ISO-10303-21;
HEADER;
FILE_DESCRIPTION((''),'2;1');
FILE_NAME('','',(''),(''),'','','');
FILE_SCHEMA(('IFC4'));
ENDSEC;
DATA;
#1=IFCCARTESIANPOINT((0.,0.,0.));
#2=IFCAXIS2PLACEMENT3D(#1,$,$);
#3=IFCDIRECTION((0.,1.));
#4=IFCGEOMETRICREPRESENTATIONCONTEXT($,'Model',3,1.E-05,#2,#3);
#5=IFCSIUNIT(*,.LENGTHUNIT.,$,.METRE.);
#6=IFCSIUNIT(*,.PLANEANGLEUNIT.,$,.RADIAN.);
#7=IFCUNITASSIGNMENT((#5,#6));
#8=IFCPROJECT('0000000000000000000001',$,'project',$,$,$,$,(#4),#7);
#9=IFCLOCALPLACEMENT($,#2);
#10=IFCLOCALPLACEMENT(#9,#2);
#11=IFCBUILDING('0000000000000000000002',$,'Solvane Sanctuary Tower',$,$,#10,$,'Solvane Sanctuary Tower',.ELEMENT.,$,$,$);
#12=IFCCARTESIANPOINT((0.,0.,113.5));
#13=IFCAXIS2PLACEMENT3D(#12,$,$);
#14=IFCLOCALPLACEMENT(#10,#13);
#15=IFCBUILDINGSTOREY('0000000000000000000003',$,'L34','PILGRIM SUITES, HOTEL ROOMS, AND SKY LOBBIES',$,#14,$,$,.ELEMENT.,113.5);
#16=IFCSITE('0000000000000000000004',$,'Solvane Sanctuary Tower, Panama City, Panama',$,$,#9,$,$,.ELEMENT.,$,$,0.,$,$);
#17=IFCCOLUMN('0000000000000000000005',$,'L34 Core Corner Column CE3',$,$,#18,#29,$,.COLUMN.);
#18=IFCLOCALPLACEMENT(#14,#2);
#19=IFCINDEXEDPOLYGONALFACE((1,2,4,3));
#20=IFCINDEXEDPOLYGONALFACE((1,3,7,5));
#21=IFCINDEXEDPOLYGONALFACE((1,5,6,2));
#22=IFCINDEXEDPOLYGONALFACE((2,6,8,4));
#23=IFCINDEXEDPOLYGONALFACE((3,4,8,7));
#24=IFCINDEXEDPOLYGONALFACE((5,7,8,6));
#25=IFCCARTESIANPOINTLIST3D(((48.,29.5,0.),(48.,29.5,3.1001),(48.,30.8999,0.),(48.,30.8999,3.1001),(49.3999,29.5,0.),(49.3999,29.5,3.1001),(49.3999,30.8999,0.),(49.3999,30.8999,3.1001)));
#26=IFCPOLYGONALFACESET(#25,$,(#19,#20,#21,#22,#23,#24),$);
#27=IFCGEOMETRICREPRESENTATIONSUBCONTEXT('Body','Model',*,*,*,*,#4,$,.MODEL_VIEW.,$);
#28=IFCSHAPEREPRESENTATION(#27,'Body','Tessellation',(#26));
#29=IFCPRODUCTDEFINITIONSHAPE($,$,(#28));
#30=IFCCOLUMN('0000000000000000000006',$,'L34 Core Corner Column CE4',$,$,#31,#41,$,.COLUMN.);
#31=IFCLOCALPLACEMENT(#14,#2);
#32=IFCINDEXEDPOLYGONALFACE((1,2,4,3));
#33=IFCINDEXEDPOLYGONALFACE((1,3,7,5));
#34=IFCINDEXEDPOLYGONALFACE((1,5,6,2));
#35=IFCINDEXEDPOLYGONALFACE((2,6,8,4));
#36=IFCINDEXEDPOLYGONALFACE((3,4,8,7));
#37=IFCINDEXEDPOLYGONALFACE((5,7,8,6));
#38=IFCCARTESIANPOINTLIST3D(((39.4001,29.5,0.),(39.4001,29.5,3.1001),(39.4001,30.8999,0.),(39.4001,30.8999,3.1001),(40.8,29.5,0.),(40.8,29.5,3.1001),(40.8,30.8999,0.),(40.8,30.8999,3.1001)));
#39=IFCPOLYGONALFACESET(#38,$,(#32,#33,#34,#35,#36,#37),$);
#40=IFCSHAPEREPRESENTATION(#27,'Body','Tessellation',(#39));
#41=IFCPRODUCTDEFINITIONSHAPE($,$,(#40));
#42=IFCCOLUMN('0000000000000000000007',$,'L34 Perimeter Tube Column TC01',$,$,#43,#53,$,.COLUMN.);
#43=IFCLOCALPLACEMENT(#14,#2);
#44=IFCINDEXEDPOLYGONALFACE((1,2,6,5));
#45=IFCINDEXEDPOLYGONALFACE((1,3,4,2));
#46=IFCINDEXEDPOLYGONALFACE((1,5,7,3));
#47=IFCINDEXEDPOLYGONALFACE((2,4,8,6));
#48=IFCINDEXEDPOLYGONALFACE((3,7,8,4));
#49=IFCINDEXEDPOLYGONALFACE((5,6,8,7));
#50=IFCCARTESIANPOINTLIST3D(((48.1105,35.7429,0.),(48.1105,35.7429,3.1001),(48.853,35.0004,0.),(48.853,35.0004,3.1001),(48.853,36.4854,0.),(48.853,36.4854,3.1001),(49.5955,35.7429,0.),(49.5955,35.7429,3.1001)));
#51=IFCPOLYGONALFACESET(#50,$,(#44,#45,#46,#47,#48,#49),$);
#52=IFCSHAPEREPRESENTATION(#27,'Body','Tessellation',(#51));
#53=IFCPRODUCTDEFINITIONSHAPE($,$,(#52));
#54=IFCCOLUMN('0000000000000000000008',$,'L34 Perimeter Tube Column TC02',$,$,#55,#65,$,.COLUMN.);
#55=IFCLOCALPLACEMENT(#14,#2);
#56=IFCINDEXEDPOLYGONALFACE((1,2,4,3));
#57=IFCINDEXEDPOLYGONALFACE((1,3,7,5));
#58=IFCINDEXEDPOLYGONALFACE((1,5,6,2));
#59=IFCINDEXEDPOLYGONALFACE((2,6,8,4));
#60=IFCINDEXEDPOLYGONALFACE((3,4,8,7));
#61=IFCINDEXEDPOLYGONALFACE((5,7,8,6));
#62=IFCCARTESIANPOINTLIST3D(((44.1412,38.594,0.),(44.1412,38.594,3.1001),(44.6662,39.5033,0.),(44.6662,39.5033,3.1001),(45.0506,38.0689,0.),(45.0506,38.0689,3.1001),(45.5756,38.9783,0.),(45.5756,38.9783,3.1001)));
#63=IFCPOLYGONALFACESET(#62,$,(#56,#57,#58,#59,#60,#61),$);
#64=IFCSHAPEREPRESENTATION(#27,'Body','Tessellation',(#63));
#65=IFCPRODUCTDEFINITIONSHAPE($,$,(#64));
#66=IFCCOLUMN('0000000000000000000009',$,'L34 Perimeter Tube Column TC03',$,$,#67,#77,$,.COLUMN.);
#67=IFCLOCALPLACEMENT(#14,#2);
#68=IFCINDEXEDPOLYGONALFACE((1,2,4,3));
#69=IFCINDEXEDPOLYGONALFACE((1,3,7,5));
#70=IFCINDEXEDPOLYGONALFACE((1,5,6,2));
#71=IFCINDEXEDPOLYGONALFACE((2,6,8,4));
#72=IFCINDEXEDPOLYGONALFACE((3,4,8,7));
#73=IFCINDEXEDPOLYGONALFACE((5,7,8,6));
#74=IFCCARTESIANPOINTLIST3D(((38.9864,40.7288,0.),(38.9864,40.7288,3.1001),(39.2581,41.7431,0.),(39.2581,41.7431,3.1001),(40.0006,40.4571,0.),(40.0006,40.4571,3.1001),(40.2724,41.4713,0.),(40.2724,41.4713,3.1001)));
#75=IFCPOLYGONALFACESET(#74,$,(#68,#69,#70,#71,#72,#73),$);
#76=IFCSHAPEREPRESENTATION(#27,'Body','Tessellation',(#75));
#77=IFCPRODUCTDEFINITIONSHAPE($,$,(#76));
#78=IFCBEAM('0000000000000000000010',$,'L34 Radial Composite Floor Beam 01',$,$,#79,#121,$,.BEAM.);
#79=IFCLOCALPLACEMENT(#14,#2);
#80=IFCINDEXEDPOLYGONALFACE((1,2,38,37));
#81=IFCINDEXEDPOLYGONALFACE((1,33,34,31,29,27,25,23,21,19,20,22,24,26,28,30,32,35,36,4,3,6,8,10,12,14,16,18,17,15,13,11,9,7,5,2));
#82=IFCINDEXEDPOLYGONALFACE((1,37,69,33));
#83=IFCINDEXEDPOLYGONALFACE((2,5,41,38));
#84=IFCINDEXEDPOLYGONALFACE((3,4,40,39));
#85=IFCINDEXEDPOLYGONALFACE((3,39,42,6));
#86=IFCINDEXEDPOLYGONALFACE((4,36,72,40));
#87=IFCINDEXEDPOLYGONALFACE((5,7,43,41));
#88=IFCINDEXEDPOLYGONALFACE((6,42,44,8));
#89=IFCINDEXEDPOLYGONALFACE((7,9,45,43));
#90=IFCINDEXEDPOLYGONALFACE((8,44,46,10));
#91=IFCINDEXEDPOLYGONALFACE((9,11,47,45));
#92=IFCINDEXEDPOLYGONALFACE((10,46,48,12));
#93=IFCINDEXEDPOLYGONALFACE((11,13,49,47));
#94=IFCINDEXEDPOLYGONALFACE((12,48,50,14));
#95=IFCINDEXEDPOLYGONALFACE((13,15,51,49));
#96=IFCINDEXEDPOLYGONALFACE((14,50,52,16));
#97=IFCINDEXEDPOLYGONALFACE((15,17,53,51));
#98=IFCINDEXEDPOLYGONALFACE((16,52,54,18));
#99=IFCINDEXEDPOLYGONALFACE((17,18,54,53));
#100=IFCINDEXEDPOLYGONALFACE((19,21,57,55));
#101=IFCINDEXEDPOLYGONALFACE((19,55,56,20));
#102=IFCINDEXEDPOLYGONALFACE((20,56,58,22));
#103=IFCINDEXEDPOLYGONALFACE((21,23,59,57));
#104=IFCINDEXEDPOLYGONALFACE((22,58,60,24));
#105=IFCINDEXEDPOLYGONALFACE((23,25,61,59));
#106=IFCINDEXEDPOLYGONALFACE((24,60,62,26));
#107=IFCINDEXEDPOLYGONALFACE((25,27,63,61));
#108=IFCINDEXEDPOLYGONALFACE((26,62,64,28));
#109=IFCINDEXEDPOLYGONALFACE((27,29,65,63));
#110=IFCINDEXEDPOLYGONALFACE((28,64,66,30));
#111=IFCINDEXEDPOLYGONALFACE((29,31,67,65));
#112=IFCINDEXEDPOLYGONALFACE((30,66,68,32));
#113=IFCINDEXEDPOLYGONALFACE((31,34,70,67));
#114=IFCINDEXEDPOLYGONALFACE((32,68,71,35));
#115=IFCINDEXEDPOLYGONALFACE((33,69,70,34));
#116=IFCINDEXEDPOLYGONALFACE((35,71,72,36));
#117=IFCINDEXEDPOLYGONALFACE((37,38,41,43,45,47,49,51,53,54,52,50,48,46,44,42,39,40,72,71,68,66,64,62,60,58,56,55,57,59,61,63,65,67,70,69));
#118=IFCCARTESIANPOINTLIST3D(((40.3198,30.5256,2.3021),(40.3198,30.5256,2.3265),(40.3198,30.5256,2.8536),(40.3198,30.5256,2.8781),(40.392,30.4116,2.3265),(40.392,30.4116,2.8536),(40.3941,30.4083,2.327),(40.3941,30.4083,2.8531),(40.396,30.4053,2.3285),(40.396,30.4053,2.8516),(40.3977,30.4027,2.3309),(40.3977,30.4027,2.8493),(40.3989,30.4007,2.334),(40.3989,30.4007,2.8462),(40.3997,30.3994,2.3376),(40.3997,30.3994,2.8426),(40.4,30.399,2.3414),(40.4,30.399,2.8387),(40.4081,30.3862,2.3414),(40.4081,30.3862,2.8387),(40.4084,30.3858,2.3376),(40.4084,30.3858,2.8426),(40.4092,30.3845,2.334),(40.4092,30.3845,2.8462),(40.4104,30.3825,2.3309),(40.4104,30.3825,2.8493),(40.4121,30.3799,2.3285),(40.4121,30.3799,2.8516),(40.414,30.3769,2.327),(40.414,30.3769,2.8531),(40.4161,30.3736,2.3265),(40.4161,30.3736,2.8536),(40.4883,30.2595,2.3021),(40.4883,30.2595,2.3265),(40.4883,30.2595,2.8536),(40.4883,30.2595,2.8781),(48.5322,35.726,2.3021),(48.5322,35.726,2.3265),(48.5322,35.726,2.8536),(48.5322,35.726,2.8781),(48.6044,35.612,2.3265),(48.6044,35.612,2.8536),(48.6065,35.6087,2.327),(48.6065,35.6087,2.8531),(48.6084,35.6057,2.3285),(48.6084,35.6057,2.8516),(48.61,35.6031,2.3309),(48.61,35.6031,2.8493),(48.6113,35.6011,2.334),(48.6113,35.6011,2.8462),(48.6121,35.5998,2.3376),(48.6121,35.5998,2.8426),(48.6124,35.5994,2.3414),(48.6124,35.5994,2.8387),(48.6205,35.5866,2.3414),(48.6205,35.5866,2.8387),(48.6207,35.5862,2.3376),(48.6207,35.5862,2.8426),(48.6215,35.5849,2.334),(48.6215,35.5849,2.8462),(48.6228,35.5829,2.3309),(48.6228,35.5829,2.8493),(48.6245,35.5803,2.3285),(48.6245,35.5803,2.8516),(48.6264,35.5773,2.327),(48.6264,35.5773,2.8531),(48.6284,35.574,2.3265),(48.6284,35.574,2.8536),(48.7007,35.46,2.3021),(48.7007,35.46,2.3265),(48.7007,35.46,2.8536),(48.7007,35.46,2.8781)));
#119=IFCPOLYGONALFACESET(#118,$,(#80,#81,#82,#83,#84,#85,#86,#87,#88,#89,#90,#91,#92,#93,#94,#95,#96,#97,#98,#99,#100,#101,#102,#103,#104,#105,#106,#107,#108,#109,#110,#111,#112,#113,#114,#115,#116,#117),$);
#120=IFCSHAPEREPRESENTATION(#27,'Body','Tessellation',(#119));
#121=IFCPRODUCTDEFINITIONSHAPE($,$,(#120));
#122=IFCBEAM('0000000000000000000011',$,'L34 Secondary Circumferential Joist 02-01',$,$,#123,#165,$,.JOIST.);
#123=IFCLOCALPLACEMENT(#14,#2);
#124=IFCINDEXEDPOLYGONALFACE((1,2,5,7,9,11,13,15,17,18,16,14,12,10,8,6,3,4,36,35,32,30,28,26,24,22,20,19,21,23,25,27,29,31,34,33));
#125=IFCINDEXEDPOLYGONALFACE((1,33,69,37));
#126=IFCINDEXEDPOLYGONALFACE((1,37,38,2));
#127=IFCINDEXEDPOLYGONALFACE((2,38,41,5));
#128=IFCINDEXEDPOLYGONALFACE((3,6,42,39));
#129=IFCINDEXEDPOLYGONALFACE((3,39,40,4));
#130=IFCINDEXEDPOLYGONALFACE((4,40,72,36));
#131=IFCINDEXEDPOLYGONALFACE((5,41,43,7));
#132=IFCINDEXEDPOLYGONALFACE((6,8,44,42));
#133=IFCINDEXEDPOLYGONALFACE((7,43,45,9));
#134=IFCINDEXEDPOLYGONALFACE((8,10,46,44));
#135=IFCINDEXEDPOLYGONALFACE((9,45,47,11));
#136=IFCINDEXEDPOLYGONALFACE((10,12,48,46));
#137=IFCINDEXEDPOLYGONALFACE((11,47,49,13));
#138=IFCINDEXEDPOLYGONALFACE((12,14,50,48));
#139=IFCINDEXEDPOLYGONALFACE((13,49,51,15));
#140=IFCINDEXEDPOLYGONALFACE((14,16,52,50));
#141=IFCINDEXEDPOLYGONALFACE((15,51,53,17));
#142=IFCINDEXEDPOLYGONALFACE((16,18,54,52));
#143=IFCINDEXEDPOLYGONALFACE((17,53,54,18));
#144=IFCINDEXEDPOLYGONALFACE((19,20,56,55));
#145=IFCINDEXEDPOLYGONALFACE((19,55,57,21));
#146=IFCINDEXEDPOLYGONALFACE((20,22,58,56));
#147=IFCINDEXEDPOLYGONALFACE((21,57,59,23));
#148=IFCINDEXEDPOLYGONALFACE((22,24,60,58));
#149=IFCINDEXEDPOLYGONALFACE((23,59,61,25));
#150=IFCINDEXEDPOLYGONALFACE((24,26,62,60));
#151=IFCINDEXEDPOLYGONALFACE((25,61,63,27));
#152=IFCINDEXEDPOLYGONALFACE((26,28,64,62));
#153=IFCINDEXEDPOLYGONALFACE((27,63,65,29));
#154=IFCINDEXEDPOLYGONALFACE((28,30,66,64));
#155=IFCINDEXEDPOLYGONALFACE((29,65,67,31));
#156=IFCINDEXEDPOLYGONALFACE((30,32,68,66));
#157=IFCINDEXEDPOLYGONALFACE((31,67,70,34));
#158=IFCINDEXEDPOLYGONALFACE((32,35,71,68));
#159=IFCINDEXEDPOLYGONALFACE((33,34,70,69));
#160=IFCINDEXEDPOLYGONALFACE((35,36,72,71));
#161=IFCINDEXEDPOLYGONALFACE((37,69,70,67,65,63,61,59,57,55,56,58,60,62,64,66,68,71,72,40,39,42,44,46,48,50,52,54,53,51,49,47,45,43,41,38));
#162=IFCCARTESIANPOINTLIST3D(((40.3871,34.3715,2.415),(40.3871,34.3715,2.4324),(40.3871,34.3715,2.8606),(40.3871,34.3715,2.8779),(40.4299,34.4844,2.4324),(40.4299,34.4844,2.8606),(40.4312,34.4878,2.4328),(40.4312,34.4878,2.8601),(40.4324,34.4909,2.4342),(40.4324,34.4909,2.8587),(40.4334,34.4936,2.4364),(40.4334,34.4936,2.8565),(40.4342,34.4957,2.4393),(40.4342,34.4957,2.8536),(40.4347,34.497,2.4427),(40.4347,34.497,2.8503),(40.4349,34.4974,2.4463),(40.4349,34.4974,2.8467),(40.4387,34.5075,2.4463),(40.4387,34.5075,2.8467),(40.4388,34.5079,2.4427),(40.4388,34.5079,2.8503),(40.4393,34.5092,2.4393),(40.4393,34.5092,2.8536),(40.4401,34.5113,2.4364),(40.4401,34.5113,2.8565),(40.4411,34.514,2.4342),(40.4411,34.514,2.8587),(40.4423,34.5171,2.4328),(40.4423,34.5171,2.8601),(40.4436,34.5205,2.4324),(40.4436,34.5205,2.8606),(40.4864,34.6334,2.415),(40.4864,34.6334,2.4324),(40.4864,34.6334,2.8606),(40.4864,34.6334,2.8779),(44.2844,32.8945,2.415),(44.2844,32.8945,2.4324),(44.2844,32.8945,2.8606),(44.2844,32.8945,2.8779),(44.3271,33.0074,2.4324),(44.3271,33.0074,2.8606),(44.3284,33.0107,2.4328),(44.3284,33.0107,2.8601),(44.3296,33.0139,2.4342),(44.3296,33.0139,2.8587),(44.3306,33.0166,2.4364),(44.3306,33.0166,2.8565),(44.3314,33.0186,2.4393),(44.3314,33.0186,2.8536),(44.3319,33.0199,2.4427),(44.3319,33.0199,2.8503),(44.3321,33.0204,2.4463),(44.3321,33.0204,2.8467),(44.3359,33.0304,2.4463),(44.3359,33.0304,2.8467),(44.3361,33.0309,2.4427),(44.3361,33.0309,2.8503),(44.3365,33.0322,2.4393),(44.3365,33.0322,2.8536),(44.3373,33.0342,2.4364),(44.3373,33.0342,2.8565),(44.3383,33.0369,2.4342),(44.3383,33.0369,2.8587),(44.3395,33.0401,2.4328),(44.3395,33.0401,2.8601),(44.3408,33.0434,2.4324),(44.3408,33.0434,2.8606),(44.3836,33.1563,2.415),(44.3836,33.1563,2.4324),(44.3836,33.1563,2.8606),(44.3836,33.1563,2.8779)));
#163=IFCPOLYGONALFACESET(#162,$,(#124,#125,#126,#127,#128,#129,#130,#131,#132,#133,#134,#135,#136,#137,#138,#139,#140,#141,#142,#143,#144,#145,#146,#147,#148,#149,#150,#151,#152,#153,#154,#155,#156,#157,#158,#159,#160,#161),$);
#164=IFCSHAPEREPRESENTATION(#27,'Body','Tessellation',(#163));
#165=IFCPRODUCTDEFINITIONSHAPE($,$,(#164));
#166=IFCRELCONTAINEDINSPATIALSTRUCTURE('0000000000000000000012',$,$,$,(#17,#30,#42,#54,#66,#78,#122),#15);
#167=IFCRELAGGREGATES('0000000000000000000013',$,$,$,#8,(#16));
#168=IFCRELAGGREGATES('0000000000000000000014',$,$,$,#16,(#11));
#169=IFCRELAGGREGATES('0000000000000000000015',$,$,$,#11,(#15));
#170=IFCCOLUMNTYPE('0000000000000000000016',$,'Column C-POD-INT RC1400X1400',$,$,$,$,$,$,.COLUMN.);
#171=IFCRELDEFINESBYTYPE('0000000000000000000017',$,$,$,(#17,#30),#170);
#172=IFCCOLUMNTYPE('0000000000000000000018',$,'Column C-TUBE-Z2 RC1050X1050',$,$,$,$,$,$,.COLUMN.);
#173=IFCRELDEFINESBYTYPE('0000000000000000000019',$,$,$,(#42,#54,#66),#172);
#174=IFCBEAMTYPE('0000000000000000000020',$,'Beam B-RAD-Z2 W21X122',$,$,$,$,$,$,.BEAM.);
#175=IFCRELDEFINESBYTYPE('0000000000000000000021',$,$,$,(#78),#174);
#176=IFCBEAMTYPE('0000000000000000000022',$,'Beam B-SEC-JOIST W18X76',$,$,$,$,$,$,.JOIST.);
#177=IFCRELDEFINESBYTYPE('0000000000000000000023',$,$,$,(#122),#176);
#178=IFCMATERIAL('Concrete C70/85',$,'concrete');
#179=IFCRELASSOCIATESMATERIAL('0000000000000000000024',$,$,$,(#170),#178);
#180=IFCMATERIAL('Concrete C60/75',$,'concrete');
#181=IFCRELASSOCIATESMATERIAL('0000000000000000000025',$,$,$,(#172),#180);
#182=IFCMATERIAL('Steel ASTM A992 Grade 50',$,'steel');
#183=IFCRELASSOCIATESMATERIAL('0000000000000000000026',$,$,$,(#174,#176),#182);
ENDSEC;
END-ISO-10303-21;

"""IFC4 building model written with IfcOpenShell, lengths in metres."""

from ifc_helpers import new_model, si_unit, direction, frame, origin, origin_2d, place, context, subcontext, project, spatial, rectangle, i_section, extrude, material, material_profile, profile_set, type_object, element, save


model = new_model("IFC4")

# Units and contexts
model_context = context("Model", 3, precision=1e-05, world=origin(), true_north=direction((0.0, 1.0)))
body_context = subcontext(model_context, "Body", "Model", "MODEL_VIEW")
ifc_project = project(units=[si_unit("LENGTHUNIT", "METRE"), si_unit("PLANEANGLEUNIT", "RADIAN")], contexts=[model_context])

# Site, building, storey
site_placement = place(None, origin())
site = spatial("IfcSite", under=ifc_project, at=site_placement, Name="Solvane Sanctuary Tower, Panama City, Panama", CompositionType="ELEMENT", RefElevation=0.0)
building_placement = place(site_placement, origin())
building = spatial("IfcBuilding", under=site, at=building_placement, Name="Solvane Sanctuary Tower", LongName="Solvane Sanctuary Tower", CompositionType="ELEMENT")
storey_placement = place(building_placement, frame((0.0, 0.0, 113.5)))
storey = spatial("IfcBuildingStorey", under=building, at=storey_placement, Name="L34", Description="PILGRIM SUITES, HOTEL ROOMS, AND SKY LOBBIES", CompositionType="ELEMENT", Elevation=113.5)

# Columns
ifc_material_1 = material(Name="Concrete C70/85", Category="concrete")
ifc_material_profile_1 = material_profile(ifc_material_1, rectangle(XDim=1.3999, YDim=1.3999, at=origin_2d()), Name="RC1400X1400")
ifc_profile_set_1 = profile_set([ifc_material_profile_1], Name="Concrete C70/85")
column_type_1 = type_object("IfcColumnType", Name="Column C-POD-INT RC1400X1400", PredefinedType="COLUMN", material=ifc_profile_set_1)
for number, where, z_axis, x_axis, name in (
    (1, (48.7, 30.2, 0.0), (0.0, 0.0, 1.0), (1.0, 0.0, 0.0), "L34 Core Corner Column CE3"),
    (2, (40.1001, 30.2, 0.0), (0.0, 0.0, 1.0), (1.0, 0.0, 0.0), "L34 Core Corner Column CE4"),
):
    element("IfcColumn", number, at=place(storey_placement, frame(where, z_axis=z_axis, x_axis=x_axis)), inside=storey, type_object=column_type_1, Name=name, PredefinedType="COLUMN", context=body_context, shape_type="SweptSolid", body=[
        extrude(rectangle(XDim=1.3999, YDim=1.3999, at=origin_2d()), origin(), (0.0, 0.0, 1.0), 3.1001),
    ])
ifc_material_2 = material(Name="Concrete C60/75", Category="concrete")
ifc_material_profile_2 = material_profile(ifc_material_2, rectangle(XDim=1.05, YDim=1.05, at=origin_2d()), Name="RC1050X1050")
ifc_profile_set_2 = profile_set([ifc_material_profile_2], Name="Concrete C60/75")
column_type_2 = type_object("IfcColumnType", Name="Column C-TUBE-Z2 RC1050X1050", PredefinedType="COLUMN", material=ifc_profile_set_2)
for number, where, z_axis, x_axis, name in (
    (3, (48.853, 35.7429, 0.0), (0.0, 0.0, 1.0), (0.707107, 0.707107, 0.0), "L34 Perimeter Tube Column TC01"),
    (4, (44.8584, 38.7861, 0.0), (0.0, 0.0, 1.0), (0.5, 0.866025, 0.0), "L34 Perimeter Tube Column TC02"),
    (5, (39.6294, 41.1001, 0.0), (0.0, 0.0, 1.0), (0.258819, 0.965926, 0.0), "L34 Perimeter Tube Column TC03"),
):
    element("IfcColumn", number, at=place(storey_placement, frame(where, z_axis=z_axis, x_axis=x_axis)), inside=storey, type_object=column_type_2, Name=name, PredefinedType="COLUMN", context=body_context, shape_type="SweptSolid", body=[
        extrude(rectangle(XDim=1.05, YDim=1.05, at=origin_2d()), origin(), (0.0, 0.0, 1.0), 3.1001),
    ])

# Beams
ifc_material_3 = material(Name="Steel ASTM A992 Grade 50", Category="steel")
ifc_material_profile_3 = material_profile(ifc_material_3, i_section(OverallWidth=0.3149, OverallDepth=0.5759, WebThickness=0.0151, FlangeThickness=0.0244, FilletRadius=0.0149, at=origin_2d()), Name="W21X122")
ifc_profile_set_3 = profile_set([ifc_material_profile_3], Name="Steel ASTM A992 Grade 50")
beam_type_1 = type_object("IfcBeamType", Name="Beam B-RAD-Z2 W21X122", PredefinedType="BEAM", material=ifc_profile_set_3)
beam_1_placement = place(storey_placement, frame((40.4041, 30.3926, 2.5901), z_axis=(0.844854, 0.534997, 0.0), x_axis=(-0.534997, 0.844854, 0.0)))
element("IfcBeam", 6, at=beam_1_placement, inside=storey, type_object=beam_type_1, Name="L34 Radial Composite Floor Beam 01", PredefinedType="BEAM", context=body_context, shape_type="SweptSolid", body=[
    extrude(i_section(OverallWidth=0.3149, OverallDepth=0.5759, WebThickness=0.0151, FlangeThickness=0.0244, FilletRadius=0.0149, at=origin_2d()), origin(), (0.0, 0.0, 1.0), 9.7205),
])
ifc_material_profile_4 = material_profile(ifc_material_3, i_section(OverallWidth=0.28, OverallDepth=0.4629, WebThickness=0.0107, FlangeThickness=0.0173, FilletRadius=0.0139, at=origin_2d()), Name="W18X76")
ifc_profile_set_4 = profile_set([ifc_material_profile_4], Name="Steel ASTM A992 Grade 50")
beam_type_2 = type_object("IfcBeamType", Name="Beam B-SEC-JOIST W18X76", PredefinedType="JOIST", material=ifc_profile_set_4)
beam_2_placement = place(storey_placement, frame((40.4368, 34.5024, 2.6465), z_axis=(0.935093, -0.354402, 0.0), x_axis=(0.354402, 0.935093, 0.0)))
element("IfcBeam", 7, at=beam_2_placement, inside=storey, type_object=beam_type_2, Name="L34 Secondary Circumferential Joist 02-01", PredefinedType="JOIST", context=body_context, shape_type="SweptSolid", body=[
    extrude(i_section(OverallWidth=0.28, OverallDepth=0.4629, WebThickness=0.0107, FlangeThickness=0.0173, FilletRadius=0.0139, at=origin_2d()), origin(), (0.0, 0.0, 1.0), 4.1677),
])

save(model, "model.ifc")
